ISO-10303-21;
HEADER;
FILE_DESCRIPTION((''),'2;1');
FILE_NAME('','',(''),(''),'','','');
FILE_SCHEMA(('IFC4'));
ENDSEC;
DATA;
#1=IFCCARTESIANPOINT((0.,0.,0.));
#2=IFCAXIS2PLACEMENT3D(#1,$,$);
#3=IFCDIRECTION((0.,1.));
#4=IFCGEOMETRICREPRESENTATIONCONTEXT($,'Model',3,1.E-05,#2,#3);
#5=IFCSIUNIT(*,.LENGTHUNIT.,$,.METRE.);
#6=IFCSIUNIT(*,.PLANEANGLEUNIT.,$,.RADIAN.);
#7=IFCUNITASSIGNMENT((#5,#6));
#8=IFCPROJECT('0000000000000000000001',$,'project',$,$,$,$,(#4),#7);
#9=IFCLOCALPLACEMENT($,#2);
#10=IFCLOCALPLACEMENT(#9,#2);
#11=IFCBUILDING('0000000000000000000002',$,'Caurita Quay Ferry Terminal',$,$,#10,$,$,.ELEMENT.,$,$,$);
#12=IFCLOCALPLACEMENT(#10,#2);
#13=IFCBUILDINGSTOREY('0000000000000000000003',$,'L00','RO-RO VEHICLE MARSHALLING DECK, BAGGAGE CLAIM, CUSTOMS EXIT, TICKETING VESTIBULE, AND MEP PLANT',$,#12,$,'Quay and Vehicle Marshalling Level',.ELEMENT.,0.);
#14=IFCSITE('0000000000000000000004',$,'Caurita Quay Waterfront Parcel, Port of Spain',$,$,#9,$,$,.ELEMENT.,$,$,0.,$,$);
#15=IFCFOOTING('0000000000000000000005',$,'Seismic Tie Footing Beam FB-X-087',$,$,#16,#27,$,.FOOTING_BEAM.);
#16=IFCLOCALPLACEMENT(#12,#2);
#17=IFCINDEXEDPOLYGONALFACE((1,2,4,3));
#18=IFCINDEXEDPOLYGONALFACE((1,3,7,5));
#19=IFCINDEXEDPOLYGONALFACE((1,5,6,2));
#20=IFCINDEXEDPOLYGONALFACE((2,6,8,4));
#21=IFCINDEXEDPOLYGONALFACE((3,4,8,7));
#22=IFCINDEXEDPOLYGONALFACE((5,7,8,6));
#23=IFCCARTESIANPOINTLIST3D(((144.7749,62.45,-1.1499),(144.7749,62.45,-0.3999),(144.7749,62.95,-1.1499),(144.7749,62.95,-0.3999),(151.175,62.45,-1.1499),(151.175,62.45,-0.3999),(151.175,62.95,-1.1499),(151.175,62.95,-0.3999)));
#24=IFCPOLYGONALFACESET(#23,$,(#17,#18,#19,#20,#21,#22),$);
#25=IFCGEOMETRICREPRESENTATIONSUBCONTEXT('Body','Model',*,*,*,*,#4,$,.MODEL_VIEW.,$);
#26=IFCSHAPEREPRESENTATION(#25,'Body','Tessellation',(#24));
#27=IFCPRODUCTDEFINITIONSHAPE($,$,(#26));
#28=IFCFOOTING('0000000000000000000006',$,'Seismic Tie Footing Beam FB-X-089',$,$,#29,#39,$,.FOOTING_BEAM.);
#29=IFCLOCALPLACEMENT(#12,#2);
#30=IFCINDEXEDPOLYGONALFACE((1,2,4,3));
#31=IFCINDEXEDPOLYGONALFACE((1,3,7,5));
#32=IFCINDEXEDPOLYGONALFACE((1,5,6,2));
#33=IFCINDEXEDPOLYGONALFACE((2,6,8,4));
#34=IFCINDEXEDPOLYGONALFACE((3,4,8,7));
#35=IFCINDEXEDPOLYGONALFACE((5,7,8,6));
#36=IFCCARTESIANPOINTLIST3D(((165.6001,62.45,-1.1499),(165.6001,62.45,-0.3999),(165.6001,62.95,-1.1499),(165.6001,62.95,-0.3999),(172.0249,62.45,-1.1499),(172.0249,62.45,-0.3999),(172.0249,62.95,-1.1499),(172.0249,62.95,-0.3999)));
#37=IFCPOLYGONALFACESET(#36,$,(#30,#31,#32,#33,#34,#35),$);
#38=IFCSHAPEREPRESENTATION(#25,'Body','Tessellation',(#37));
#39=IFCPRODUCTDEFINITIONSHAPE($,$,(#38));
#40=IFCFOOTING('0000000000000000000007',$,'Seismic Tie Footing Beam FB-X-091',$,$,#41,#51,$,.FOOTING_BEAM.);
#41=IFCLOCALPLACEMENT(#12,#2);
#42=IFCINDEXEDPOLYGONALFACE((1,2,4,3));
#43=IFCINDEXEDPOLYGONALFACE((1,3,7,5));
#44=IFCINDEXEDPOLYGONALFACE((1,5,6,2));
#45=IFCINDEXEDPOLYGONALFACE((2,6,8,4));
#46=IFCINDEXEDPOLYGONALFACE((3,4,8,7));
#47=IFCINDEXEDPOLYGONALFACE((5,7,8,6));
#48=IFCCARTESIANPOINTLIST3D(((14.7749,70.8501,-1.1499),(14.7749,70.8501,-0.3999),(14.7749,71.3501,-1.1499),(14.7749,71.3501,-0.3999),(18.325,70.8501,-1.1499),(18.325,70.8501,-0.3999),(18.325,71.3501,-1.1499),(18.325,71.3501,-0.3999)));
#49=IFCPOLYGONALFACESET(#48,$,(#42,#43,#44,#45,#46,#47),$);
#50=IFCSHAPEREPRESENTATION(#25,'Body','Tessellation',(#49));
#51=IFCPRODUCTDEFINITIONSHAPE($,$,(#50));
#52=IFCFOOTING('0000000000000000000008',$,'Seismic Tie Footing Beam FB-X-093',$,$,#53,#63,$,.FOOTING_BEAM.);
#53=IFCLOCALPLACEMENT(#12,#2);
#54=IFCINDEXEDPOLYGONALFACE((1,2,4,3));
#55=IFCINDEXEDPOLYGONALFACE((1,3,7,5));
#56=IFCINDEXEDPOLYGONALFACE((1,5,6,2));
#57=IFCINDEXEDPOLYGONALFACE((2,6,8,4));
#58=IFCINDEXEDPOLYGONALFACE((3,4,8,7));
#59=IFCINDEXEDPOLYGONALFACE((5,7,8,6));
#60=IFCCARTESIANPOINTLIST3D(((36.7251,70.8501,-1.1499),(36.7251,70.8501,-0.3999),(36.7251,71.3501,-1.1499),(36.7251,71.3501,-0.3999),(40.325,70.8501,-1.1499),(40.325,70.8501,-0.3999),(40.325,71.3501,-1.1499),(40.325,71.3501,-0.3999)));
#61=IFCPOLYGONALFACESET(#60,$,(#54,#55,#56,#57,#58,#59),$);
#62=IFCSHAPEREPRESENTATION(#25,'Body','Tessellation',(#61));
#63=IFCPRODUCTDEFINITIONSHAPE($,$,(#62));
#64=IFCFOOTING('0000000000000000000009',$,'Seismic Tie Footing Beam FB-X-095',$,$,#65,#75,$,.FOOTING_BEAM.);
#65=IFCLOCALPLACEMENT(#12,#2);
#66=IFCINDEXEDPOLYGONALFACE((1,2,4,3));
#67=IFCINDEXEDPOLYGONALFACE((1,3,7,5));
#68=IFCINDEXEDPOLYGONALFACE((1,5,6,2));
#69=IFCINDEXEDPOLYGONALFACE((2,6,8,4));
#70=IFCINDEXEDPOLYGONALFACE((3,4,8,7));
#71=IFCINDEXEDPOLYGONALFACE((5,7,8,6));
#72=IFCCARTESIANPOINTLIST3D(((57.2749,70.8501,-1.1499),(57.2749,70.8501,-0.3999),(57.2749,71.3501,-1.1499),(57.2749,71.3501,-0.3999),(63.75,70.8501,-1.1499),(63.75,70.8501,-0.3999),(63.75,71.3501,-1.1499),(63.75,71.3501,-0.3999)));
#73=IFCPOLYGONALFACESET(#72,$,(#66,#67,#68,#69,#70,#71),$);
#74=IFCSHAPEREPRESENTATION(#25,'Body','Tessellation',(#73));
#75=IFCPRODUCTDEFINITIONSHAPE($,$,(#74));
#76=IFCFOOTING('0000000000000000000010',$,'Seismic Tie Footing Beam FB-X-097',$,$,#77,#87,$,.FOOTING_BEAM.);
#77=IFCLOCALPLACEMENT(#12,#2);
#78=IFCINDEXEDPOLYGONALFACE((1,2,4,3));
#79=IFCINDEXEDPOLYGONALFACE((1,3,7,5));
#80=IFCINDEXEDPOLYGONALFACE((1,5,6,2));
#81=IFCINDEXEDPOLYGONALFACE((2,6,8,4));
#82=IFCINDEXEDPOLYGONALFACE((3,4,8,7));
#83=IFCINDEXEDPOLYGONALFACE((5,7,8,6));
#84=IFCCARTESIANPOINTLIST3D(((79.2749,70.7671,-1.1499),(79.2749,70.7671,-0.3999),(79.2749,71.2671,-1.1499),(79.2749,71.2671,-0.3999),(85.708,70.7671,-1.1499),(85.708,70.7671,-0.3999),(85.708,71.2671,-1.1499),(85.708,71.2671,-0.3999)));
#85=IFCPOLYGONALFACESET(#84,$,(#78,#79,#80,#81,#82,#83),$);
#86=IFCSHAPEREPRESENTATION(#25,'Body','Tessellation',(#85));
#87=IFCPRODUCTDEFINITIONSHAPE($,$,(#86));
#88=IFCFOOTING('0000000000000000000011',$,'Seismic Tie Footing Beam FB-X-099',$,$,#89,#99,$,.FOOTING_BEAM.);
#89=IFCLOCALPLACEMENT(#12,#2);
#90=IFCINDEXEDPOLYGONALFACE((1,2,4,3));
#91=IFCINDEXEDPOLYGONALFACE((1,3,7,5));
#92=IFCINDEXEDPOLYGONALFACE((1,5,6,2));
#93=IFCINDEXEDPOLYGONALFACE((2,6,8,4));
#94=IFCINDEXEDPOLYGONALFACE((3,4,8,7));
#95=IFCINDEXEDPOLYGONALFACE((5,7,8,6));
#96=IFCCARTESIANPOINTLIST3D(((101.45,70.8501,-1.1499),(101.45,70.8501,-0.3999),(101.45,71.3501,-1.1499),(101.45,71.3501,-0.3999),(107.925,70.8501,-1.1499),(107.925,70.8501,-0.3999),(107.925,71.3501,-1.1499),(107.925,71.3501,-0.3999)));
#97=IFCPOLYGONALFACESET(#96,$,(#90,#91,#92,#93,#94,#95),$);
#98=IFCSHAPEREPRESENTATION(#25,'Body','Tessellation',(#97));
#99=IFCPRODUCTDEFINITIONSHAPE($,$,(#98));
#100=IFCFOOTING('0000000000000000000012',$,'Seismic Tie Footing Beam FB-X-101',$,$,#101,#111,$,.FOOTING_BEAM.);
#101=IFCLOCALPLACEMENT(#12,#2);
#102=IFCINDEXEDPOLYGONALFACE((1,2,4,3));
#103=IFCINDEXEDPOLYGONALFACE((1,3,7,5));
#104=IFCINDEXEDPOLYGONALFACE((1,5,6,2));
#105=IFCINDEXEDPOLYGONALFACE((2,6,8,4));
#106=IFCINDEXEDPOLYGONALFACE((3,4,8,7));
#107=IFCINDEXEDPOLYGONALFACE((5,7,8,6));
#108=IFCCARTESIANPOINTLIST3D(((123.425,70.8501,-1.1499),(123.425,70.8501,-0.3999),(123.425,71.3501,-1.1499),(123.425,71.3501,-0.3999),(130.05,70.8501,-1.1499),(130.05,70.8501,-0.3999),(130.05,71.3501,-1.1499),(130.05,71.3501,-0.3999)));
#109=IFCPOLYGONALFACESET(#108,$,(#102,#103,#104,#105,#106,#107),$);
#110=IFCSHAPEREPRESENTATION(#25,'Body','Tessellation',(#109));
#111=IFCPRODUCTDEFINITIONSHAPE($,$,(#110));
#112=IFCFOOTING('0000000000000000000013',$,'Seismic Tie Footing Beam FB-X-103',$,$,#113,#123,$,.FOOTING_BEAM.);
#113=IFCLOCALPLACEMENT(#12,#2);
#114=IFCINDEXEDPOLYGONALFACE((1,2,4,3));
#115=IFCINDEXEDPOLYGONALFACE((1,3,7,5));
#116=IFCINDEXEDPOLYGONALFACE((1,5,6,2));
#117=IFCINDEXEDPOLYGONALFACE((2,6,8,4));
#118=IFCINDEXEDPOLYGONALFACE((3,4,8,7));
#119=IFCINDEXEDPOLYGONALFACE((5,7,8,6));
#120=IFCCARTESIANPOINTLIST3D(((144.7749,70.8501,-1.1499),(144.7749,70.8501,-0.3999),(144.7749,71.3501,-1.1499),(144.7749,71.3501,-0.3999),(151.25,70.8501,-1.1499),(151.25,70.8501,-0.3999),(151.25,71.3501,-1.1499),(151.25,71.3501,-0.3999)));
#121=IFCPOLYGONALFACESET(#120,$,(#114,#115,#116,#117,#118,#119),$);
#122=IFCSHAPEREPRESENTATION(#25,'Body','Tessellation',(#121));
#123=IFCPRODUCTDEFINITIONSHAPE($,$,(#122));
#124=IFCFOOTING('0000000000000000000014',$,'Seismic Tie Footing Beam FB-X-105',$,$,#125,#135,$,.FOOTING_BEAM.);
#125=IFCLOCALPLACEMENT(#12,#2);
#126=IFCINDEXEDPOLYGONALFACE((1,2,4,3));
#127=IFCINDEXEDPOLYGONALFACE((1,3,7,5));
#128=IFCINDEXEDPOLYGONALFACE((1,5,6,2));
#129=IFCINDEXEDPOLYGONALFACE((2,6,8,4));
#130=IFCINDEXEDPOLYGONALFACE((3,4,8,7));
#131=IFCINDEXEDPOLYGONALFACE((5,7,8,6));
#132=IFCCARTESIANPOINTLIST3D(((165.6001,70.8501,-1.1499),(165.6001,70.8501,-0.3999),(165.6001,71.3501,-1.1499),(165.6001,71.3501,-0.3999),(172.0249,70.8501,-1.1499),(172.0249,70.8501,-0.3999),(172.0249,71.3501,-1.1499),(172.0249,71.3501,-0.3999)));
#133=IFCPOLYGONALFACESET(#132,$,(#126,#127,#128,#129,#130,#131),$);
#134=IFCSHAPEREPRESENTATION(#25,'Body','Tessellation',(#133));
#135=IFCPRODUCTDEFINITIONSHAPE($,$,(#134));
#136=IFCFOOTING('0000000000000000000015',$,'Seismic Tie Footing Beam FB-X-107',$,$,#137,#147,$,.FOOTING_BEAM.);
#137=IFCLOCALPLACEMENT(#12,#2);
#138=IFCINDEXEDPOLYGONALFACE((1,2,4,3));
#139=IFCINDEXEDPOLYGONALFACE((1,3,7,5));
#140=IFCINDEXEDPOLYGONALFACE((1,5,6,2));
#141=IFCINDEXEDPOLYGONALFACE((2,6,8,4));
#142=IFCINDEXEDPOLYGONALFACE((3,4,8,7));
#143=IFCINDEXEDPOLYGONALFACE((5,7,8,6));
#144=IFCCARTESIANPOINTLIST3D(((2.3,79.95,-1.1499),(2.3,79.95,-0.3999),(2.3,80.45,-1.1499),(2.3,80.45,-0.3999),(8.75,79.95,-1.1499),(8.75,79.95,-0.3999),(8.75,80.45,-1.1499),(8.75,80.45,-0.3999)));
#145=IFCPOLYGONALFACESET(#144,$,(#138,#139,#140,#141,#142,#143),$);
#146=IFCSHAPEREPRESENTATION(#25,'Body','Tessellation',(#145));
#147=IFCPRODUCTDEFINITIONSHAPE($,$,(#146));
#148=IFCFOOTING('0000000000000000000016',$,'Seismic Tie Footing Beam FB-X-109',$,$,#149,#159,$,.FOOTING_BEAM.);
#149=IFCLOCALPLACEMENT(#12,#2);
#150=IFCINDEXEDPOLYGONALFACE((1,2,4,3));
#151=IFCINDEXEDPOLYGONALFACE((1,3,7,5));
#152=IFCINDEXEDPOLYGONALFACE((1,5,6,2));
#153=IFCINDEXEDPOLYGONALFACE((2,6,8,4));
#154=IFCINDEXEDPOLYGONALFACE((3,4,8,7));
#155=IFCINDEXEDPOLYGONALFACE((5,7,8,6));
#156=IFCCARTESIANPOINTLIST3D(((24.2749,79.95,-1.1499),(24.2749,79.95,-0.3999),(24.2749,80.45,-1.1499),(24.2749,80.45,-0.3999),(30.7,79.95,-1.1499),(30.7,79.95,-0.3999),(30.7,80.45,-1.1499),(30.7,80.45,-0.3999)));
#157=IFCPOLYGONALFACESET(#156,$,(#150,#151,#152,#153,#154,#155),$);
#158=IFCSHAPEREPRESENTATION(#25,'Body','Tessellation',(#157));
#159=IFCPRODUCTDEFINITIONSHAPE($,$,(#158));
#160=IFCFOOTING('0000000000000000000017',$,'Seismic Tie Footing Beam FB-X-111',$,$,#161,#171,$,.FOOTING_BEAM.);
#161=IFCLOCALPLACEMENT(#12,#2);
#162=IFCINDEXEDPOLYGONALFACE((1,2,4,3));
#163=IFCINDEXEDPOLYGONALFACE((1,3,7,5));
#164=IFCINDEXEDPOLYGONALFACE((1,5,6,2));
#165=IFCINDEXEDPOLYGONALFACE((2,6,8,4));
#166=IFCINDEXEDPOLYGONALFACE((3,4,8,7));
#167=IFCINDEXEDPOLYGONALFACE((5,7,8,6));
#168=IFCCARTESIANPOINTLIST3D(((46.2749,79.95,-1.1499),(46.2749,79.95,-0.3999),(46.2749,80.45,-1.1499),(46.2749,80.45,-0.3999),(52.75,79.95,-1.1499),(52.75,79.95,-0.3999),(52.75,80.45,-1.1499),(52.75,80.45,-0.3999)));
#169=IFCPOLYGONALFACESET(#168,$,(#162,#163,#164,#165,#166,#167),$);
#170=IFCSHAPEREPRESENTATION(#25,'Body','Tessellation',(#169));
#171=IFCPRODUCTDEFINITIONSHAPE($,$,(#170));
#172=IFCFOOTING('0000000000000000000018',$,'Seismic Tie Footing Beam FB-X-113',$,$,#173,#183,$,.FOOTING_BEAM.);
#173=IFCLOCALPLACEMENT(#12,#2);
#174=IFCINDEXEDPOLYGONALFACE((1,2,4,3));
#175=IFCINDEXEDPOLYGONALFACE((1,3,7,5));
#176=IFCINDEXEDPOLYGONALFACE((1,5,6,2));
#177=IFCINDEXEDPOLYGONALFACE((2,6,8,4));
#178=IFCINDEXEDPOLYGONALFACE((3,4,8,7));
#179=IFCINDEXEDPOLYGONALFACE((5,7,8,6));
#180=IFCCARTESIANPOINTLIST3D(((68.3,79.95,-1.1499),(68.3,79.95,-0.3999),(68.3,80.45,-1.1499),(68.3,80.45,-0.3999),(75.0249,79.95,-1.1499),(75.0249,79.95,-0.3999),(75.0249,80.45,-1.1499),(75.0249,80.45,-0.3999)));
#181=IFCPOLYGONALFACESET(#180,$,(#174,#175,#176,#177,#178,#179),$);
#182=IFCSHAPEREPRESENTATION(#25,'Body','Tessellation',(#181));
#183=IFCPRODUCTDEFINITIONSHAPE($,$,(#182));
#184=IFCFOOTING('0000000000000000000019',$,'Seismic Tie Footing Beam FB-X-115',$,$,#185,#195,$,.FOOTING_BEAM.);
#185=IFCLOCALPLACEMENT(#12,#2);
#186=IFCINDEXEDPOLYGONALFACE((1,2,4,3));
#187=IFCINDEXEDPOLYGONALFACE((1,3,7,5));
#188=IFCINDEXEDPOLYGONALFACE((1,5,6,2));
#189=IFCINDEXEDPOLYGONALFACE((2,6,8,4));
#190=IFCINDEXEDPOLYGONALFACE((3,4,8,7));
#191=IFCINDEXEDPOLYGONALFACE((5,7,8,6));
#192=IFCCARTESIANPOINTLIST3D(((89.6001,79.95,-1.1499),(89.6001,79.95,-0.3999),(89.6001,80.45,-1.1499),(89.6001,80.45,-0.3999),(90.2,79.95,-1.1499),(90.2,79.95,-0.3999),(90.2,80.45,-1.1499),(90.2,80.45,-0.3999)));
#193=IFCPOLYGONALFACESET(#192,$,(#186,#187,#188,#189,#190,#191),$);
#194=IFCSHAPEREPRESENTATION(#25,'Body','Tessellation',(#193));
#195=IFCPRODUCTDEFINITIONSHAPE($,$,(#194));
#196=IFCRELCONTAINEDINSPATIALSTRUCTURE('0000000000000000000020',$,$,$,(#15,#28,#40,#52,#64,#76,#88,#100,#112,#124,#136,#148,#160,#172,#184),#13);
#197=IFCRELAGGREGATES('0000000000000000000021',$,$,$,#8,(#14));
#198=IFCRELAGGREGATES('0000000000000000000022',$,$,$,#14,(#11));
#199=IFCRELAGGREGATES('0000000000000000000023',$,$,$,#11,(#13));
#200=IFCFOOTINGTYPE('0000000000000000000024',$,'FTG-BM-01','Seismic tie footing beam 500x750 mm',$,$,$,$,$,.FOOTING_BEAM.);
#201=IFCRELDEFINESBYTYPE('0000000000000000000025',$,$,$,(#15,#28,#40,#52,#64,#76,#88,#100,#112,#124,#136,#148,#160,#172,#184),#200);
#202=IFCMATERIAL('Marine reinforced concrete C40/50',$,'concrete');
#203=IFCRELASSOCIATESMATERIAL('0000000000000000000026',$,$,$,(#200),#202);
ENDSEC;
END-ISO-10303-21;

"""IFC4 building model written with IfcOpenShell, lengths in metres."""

from ifc_helpers import new_model, si_unit, direction, frame, origin, place, context, subcontext, project, spatial, polyline, outline, extrude, material, type_object, element, save


model = new_model("IFC4")

# Units and contexts
model_context = context("Model", 3, precision=1e-05, world=origin(), true_north=direction((0.0, 1.0)))
body_context = subcontext(model_context, "Body", "Model", "MODEL_VIEW")
ifc_project = project(units=[si_unit("LENGTHUNIT", "METRE"), si_unit("PLANEANGLEUNIT", "RADIAN")], contexts=[model_context])

# Site, building, storey
site_placement = place(None, origin())
site = spatial("IfcSite", under=ifc_project, at=site_placement, Name="Caurita Quay Waterfront Parcel, Port of Spain", CompositionType="ELEMENT", RefElevation=0.0)
building_placement = place(site_placement, origin())
building = spatial("IfcBuilding", under=site, at=building_placement, Name="Caurita Quay Ferry Terminal", CompositionType="ELEMENT")
storey_placement = place(building_placement, origin())
storey = spatial("IfcBuildingStorey", under=building, at=storey_placement, Name="L00", Description="RO-RO VEHICLE MARSHALLING DECK, BAGGAGE CLAIM, CUSTOMS EXIT, TICKETING VESTIBULE, AND MEP PLANT", LongName="Quay and Vehicle Marshalling Level", CompositionType="ELEMENT", Elevation=0.0)

# Footings
ifc_material = material(Name="Marine reinforced concrete C40/50", Category="concrete")
footing_type = type_object("IfcFootingType", Name="FTG-BM-01", Description="Seismic tie footing beam 500x750 mm", PredefinedType="FOOTING_BEAM", material=ifc_material)
footing_1_placement = place(storey_placement, frame((0.0, 0.0, -1.1499)))
element("IfcFooting", 1, at=footing_1_placement, inside=storey, type_object=footing_type, Name="Seismic Tie Footing Beam FB-X-087", PredefinedType="FOOTING_BEAM", context=body_context, shape_type="SweptSolid", body=[
    extrude(outline(polyline([(144.7749, 62.45), (151.175, 62.45), (151.175, 62.95), (144.7749, 62.95), (144.7749, 62.45)])), origin(), (0.0, 0.0, 1.0), 0.75),
])
footing_2_placement = place(storey_placement, frame((0.0, 0.0, -1.1499)))
element("IfcFooting", 2, at=footing_2_placement, inside=storey, type_object=footing_type, Name="Seismic Tie Footing Beam FB-X-089", PredefinedType="FOOTING_BEAM", context=body_context, shape_type="SweptSolid", body=[
    extrude(outline(polyline([(165.6001, 62.45), (172.0249, 62.45), (172.0249, 62.95), (165.6001, 62.95), (165.6001, 62.45)])), origin(), (0.0, 0.0, 1.0), 0.75),
])
footing_3_placement = place(storey_placement, frame((0.0, 0.0, -1.1499)))
element("IfcFooting", 3, at=footing_3_placement, inside=storey, type_object=footing_type, Name="Seismic Tie Footing Beam FB-X-091", PredefinedType="FOOTING_BEAM", context=body_context, shape_type="SweptSolid", body=[
    extrude(outline(polyline([(14.7749, 70.8501), (18.325, 70.8501), (18.325, 71.3501), (14.7749, 71.3501), (14.7749, 70.8501)])), origin(), (0.0, 0.0, 1.0), 0.75),
])
footing_4_placement = place(storey_placement, frame((0.0, 0.0, -1.1499)))
element("IfcFooting", 4, at=footing_4_placement, inside=storey, type_object=footing_type, Name="Seismic Tie Footing Beam FB-X-093", PredefinedType="FOOTING_BEAM", context=body_context, shape_type="SweptSolid", body=[
    extrude(outline(polyline([(36.7251, 70.8501), (40.325, 70.8501), (40.325, 71.3501), (36.7251, 71.3501), (36.7251, 70.8501)])), origin(), (0.0, 0.0, 1.0), 0.75),
])
footing_5_placement = place(storey_placement, frame((0.0, 0.0, -1.1499)))
element("IfcFooting", 5, at=footing_5_placement, inside=storey, type_object=footing_type, Name="Seismic Tie Footing Beam FB-X-095", PredefinedType="FOOTING_BEAM", context=body_context, shape_type="SweptSolid", body=[
    extrude(outline(polyline([(57.2749, 70.8501), (63.75, 70.8501), (63.75, 71.3501), (57.2749, 71.3501), (57.2749, 70.8501)])), origin(), (0.0, 0.0, 1.0), 0.75),
])
footing_6_placement = place(storey_placement, frame((0.0, 0.0, -1.1499)))
element("IfcFooting", 6, at=footing_6_placement, inside=storey, type_object=footing_type, Name="Seismic Tie Footing Beam FB-X-097", PredefinedType="FOOTING_BEAM", context=body_context, shape_type="SweptSolid", body=[
    extrude(outline(polyline([(79.2749, 70.7671), (85.708, 70.7671), (85.708, 71.2671), (79.2749, 71.2671), (79.2749, 70.7671)])), origin(), (0.0, 0.0, 1.0), 0.75),
])
footing_7_placement = place(storey_placement, frame((0.0, 0.0, -1.1499)))
element("IfcFooting", 7, at=footing_7_placement, inside=storey, type_object=footing_type, Name="Seismic Tie Footing Beam FB-X-099", PredefinedType="FOOTING_BEAM", context=body_context, shape_type="SweptSolid", body=[
    extrude(outline(polyline([(101.45, 70.8501), (107.925, 70.8501), (107.925, 71.3501), (101.45, 71.3501), (101.45, 70.8501)])), origin(), (0.0, 0.0, 1.0), 0.75),
])
footing_8_placement = place(storey_placement, frame((0.0, 0.0, -1.1499)))
element("IfcFooting", 8, at=footing_8_placement, inside=storey, type_object=footing_type, Name="Seismic Tie Footing Beam FB-X-101", PredefinedType="FOOTING_BEAM", context=body_context, shape_type="SweptSolid", body=[
    extrude(outline(polyline([(123.425, 70.8501), (130.05, 70.8501), (130.05, 71.3501), (123.425, 71.3501), (123.425, 70.8501)])), origin(), (0.0, 0.0, 1.0), 0.75),
])
footing_9_placement = place(storey_placement, frame((0.0, 0.0, -1.1499)))
element("IfcFooting", 9, at=footing_9_placement, inside=storey, type_object=footing_type, Name="Seismic Tie Footing Beam FB-X-103", PredefinedType="FOOTING_BEAM", context=body_context, shape_type="SweptSolid", body=[
    extrude(outline(polyline([(144.7749, 70.8501), (151.25, 70.8501), (151.25, 71.3501), (144.7749, 71.3501), (144.7749, 70.8501)])), origin(), (0.0, 0.0, 1.0), 0.75),
])
footing_10_placement = place(storey_placement, frame((0.0, 0.0, -1.1499)))
element("IfcFooting", 10, at=footing_10_placement, inside=storey, type_object=footing_type, Name="Seismic Tie Footing Beam FB-X-105", PredefinedType="FOOTING_BEAM", context=body_context, shape_type="SweptSolid", body=[
    extrude(outline(polyline([(165.6001, 70.8501), (172.0249, 70.8501), (172.0249, 71.3501), (165.6001, 71.3501), (165.6001, 70.8501)])), origin(), (0.0, 0.0, 1.0), 0.75),
])
footing_11_placement = place(storey_placement, frame((0.0, 0.0, -1.1499)))
element("IfcFooting", 11, at=footing_11_placement, inside=storey, type_object=footing_type, Name="Seismic Tie Footing Beam FB-X-107", PredefinedType="FOOTING_BEAM", context=body_context, shape_type="SweptSolid", body=[
    extrude(outline(polyline([(2.3, 79.95), (8.75, 79.95), (8.75, 80.45), (2.3, 80.45), (2.3, 79.95)])), origin(), (0.0, 0.0, 1.0), 0.75),
])
footing_12_placement = place(storey_placement, frame((0.0, 0.0, -1.1499)))
element("IfcFooting", 12, at=footing_12_placement, inside=storey, type_object=footing_type, Name="Seismic Tie Footing Beam FB-X-109", PredefinedType="FOOTING_BEAM", context=body_context, shape_type="SweptSolid", body=[
    extrude(outline(polyline([(24.2749, 79.95), (30.7, 79.95), (30.7, 80.45), (24.2749, 80.45), (24.2749, 79.95)])), origin(), (0.0, 0.0, 1.0), 0.75),
])
footing_13_placement = place(storey_placement, frame((0.0, 0.0, -1.1499)))
element("IfcFooting", 13, at=footing_13_placement, inside=storey, type_object=footing_type, Name="Seismic Tie Footing Beam FB-X-111", PredefinedType="FOOTING_BEAM", context=body_context, shape_type="SweptSolid", body=[
    extrude(outline(polyline([(46.2749, 79.95), (52.75, 79.95), (52.75, 80.45), (46.2749, 80.45), (46.2749, 79.95)])), origin(), (0.0, 0.0, 1.0), 0.75),
])
footing_14_placement = place(storey_placement, frame((0.0, 0.0, -1.1499)))
element("IfcFooting", 14, at=footing_14_placement, inside=storey, type_object=footing_type, Name="Seismic Tie Footing Beam FB-X-113", PredefinedType="FOOTING_BEAM", context=body_context, shape_type="SweptSolid", body=[
    extrude(outline(polyline([(68.3, 79.95), (75.0249, 79.95), (75.0249, 80.45), (68.3, 80.45), (68.3, 79.95)])), origin(), (0.0, 0.0, 1.0), 0.75),
])
footing_15_placement = place(storey_placement, frame((0.0, 0.0, -1.1499)))
element("IfcFooting", 15, at=footing_15_placement, inside=storey, type_object=footing_type, Name="Seismic Tie Footing Beam FB-X-115", PredefinedType="FOOTING_BEAM", context=body_context, shape_type="SweptSolid", body=[
    extrude(outline(polyline([(89.6001, 79.95), (90.2, 79.95), (90.2, 80.45), (89.6001, 80.45), (89.6001, 79.95)])), origin(), (0.0, 0.0, 1.0), 0.75),
])

save(model, "model.ifc")
